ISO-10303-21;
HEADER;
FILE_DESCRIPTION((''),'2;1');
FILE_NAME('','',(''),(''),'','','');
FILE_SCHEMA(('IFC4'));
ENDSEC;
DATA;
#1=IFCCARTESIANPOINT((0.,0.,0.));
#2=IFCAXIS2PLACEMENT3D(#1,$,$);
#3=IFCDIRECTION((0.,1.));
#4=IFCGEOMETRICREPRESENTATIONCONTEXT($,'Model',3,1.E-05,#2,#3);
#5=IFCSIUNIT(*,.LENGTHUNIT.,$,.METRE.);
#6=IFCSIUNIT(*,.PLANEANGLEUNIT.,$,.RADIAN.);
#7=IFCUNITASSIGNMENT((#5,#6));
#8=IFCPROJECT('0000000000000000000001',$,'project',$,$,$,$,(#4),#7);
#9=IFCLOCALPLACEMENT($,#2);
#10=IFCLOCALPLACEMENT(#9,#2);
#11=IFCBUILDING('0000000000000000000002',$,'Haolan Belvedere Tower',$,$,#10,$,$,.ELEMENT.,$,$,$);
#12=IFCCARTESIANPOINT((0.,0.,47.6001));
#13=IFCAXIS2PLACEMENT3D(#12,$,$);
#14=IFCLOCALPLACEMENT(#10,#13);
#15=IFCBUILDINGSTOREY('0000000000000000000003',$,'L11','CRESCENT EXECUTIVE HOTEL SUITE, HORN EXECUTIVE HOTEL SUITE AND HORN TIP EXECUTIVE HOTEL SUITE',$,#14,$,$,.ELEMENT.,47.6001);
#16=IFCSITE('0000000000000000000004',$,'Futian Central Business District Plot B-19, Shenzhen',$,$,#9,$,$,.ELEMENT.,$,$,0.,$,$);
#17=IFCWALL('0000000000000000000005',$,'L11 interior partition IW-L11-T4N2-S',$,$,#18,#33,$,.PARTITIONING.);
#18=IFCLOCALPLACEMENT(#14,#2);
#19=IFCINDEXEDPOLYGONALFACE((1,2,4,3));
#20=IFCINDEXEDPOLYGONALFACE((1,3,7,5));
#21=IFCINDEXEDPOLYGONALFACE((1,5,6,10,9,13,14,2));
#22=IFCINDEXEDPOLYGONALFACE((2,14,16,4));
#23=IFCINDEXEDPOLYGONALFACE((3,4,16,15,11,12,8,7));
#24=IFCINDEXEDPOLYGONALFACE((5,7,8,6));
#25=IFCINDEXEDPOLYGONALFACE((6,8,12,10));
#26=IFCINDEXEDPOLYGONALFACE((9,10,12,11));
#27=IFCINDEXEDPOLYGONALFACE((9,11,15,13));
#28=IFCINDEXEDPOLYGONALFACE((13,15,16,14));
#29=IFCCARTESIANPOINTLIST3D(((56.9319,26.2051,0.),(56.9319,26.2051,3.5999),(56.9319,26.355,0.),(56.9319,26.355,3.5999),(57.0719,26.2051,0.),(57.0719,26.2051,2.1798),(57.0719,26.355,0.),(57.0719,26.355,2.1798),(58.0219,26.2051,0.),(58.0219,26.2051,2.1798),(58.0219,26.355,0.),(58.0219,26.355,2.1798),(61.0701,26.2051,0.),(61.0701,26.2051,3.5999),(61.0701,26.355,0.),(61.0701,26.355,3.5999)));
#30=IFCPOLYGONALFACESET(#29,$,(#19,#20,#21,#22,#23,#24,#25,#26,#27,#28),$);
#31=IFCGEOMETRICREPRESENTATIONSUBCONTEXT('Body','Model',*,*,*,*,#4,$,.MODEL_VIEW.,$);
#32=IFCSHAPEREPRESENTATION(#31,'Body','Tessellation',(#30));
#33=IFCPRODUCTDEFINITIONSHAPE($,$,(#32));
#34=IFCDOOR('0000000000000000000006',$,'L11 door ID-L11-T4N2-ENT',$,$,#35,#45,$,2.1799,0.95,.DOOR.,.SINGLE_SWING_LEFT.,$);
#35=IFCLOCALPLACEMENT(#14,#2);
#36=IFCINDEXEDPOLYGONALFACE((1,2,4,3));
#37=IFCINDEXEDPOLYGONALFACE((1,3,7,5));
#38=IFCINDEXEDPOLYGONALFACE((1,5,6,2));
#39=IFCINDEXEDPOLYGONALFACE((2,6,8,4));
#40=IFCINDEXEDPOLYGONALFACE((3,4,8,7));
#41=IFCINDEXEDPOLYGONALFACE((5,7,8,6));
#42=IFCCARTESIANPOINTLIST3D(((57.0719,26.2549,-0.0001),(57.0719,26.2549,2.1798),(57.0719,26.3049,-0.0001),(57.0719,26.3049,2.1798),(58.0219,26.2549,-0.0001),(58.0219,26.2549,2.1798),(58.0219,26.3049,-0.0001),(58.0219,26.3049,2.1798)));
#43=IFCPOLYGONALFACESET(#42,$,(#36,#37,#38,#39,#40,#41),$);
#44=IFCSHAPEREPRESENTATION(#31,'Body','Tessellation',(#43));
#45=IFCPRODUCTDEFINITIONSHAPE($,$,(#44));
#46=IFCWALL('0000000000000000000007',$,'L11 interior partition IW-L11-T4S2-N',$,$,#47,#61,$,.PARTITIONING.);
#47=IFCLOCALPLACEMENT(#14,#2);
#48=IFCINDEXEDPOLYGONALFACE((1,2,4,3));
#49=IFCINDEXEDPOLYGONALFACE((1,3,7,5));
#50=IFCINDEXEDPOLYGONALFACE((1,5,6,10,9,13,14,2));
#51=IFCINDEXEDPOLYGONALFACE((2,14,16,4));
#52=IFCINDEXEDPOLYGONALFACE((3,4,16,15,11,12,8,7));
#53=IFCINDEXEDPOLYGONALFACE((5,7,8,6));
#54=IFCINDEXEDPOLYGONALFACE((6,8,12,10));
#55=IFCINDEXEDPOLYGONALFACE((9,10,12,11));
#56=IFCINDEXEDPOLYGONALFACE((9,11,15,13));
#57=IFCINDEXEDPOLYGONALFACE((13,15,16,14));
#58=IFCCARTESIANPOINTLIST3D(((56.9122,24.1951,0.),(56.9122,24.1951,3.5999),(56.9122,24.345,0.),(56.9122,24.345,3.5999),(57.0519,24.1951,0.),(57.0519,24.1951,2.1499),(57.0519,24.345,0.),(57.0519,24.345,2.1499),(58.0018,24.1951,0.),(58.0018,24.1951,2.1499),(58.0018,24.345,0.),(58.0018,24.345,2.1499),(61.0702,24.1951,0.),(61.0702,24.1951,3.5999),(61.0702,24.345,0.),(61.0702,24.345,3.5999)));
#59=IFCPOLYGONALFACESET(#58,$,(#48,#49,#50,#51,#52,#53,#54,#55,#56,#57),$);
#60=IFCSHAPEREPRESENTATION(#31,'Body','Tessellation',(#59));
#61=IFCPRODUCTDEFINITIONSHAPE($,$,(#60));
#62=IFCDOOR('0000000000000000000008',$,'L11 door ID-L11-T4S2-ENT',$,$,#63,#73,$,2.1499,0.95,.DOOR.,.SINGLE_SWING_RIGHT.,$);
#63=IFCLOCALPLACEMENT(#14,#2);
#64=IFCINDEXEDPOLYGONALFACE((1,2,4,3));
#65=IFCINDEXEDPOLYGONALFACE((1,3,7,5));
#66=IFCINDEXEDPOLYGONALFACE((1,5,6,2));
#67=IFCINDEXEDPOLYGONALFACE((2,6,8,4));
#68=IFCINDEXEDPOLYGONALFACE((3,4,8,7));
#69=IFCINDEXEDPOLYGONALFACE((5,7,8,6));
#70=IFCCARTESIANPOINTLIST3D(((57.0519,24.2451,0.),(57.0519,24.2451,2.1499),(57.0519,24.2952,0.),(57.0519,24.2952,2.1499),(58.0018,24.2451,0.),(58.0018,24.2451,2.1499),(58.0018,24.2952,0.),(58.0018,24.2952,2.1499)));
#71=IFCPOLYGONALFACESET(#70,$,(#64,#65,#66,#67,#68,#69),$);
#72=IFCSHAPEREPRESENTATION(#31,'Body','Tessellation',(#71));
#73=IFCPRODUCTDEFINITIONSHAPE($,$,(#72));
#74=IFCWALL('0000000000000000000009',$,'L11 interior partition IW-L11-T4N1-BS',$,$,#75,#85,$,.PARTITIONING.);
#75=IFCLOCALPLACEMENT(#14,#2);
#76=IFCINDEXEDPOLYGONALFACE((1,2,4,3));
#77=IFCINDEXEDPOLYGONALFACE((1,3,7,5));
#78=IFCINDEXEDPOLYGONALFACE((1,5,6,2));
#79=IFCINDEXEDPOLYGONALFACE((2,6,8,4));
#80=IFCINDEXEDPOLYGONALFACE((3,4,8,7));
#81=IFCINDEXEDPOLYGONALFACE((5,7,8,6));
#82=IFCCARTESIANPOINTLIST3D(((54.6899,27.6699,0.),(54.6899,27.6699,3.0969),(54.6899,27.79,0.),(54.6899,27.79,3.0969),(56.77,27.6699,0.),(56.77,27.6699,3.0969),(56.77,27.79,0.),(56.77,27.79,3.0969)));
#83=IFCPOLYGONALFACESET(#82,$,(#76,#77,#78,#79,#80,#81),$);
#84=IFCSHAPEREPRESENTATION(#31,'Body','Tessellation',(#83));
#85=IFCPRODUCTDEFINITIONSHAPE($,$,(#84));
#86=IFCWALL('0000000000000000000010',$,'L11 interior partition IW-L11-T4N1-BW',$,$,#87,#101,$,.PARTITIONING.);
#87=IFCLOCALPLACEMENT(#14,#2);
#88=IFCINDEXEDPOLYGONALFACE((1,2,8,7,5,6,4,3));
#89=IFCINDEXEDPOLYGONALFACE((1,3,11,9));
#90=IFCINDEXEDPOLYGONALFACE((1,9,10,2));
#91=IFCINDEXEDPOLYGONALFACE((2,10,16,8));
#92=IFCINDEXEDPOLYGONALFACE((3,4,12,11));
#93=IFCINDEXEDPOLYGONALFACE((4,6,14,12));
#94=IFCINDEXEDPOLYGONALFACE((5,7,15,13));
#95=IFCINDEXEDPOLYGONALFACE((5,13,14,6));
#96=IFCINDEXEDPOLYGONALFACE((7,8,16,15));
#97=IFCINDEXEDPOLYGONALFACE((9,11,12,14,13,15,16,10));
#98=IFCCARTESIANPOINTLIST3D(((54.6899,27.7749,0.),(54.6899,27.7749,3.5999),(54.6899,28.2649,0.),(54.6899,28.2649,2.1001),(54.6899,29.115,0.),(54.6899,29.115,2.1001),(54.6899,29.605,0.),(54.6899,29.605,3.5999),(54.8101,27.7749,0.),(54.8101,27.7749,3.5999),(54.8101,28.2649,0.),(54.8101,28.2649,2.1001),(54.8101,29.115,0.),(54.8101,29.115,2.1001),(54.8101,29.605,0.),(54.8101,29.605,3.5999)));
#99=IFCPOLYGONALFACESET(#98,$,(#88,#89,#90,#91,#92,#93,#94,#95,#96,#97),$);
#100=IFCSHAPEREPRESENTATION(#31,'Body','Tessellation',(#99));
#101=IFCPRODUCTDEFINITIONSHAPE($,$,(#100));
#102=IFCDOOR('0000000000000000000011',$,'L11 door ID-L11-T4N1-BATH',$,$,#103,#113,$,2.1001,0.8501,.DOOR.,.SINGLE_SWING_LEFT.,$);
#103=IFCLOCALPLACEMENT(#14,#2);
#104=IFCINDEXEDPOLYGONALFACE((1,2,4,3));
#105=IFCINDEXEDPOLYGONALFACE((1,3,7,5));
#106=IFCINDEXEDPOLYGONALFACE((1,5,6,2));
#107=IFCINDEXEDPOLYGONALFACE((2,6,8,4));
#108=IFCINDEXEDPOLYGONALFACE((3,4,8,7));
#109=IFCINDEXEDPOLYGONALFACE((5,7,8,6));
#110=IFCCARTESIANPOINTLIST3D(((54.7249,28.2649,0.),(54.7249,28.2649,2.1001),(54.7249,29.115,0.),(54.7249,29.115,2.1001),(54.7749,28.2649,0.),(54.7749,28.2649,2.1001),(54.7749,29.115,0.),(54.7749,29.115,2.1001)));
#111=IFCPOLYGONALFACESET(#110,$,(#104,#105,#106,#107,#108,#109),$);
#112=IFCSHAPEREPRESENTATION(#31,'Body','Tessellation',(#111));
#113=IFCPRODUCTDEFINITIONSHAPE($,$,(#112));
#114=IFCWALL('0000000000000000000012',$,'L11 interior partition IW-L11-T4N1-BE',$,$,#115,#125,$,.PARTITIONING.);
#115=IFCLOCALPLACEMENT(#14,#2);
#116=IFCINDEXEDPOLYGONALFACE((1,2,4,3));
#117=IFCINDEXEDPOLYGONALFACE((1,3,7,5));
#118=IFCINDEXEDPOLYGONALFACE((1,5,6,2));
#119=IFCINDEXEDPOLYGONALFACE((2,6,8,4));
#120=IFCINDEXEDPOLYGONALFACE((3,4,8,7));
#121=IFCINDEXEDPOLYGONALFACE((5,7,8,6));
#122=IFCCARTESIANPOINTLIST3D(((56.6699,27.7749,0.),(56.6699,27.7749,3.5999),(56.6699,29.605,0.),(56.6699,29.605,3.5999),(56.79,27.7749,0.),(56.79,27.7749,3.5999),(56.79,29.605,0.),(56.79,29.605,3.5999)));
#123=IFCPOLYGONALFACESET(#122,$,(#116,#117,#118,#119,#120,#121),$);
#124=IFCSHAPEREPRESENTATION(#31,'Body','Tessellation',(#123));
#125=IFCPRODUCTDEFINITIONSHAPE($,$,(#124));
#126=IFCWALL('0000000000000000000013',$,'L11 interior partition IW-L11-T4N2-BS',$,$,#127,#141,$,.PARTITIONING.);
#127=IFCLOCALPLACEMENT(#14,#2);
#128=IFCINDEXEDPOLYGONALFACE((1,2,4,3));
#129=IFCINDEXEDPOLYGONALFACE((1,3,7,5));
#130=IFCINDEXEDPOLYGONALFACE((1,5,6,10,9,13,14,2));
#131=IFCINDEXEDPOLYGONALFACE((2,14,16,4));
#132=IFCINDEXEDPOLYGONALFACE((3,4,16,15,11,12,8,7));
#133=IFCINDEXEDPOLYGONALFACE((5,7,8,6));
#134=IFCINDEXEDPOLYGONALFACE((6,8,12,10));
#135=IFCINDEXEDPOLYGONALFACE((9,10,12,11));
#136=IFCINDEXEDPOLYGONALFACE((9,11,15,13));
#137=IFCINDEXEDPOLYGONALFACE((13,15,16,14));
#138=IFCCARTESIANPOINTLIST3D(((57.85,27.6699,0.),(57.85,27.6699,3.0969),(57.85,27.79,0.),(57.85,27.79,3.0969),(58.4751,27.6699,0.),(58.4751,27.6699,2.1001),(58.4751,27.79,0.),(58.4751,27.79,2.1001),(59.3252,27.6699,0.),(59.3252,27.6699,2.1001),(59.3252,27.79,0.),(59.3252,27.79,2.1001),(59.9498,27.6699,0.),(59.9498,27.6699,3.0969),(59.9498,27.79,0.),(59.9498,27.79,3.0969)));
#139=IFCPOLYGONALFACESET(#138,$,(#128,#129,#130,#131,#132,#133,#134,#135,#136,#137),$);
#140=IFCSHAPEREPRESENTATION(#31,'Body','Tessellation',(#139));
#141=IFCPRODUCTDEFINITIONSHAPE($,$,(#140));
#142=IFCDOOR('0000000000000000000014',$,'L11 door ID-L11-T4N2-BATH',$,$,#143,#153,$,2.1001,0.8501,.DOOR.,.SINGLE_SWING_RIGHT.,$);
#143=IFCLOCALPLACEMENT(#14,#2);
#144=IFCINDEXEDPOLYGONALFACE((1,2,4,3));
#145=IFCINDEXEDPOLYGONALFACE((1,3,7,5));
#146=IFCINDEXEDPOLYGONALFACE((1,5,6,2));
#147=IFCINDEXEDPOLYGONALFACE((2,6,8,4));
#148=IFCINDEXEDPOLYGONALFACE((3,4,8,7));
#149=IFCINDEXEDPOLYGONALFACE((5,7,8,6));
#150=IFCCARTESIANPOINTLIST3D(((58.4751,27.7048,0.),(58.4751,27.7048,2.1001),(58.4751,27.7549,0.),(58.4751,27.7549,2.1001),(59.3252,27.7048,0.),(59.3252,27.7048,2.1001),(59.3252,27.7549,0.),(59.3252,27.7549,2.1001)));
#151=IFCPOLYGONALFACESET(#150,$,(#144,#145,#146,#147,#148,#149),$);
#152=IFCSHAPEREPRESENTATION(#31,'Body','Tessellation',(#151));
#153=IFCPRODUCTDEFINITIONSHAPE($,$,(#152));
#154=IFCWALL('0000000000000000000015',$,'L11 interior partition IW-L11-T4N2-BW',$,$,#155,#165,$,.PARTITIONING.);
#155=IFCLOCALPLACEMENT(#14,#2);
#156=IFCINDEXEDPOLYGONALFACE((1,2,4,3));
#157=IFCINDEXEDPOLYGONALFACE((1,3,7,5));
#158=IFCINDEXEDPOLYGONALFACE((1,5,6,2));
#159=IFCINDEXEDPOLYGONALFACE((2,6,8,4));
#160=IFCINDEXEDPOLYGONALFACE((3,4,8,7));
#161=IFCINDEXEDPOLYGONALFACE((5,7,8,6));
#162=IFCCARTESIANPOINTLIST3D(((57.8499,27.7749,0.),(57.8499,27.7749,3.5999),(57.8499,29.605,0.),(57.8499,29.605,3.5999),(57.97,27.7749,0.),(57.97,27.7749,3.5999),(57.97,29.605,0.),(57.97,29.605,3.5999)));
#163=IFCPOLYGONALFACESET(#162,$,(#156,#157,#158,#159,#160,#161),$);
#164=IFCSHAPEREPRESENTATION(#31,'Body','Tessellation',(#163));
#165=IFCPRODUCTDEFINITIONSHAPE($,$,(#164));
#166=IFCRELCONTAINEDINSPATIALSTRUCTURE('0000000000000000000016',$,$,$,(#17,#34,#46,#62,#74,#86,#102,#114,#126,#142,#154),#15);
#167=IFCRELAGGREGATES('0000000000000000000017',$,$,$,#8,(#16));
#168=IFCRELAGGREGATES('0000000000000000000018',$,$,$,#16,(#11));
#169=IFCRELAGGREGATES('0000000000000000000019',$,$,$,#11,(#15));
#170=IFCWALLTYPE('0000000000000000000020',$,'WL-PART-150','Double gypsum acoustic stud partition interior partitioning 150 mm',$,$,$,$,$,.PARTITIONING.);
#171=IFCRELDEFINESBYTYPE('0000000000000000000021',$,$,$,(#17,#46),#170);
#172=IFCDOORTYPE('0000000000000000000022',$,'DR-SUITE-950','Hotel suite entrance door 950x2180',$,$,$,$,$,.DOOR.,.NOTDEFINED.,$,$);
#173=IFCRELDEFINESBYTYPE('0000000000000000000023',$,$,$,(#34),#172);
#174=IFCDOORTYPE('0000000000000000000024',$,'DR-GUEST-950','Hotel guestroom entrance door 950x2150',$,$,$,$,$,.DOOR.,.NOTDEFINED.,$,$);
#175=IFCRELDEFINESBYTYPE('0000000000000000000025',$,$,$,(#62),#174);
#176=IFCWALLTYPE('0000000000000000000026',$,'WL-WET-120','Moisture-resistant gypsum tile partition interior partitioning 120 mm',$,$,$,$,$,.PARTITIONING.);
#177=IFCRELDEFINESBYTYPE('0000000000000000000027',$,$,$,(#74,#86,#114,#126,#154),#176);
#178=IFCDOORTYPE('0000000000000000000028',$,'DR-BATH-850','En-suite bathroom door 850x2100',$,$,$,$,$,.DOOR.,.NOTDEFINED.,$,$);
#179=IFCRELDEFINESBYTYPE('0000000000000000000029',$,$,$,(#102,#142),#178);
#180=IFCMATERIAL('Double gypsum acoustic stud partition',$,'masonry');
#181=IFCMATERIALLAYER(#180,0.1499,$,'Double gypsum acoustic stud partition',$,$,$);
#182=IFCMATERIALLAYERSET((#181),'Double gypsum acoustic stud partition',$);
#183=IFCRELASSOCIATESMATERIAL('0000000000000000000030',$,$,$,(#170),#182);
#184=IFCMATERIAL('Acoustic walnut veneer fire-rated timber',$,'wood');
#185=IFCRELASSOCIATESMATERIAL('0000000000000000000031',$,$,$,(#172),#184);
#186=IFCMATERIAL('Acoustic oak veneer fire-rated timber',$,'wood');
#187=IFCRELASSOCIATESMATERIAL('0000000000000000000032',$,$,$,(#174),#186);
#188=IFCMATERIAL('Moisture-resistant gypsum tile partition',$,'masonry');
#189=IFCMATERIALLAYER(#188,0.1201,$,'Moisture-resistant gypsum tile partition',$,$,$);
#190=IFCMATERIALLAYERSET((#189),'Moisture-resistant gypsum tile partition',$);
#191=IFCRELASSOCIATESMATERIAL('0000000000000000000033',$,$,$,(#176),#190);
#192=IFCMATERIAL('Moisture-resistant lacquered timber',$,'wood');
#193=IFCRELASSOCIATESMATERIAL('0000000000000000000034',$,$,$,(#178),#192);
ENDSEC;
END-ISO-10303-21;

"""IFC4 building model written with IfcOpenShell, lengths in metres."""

from ifc_helpers import new_model, si_unit, direction, frame, frame_2d, origin, place, context, subcontext, project, spatial, rectangle, extrude, material, layer, layer_set, type_object, element, fill, save


model = new_model("IFC4")

# Units and contexts
model_context = context("Model", 3, precision=1e-05, world=origin(), true_north=direction((0.0, 1.0)))
body_context = subcontext(model_context, "Body", "Model", "MODEL_VIEW")
ifc_project = project(units=[si_unit("LENGTHUNIT", "METRE"), si_unit("PLANEANGLEUNIT", "RADIAN")], contexts=[model_context])

# Site, building, storey
site_placement = place(None, origin())
site = spatial("IfcSite", under=ifc_project, at=site_placement, Name="Futian Central Business District Plot B-19, Shenzhen", CompositionType="ELEMENT", RefElevation=0.0)
building_placement = place(site_placement, origin())
building = spatial("IfcBuilding", under=site, at=building_placement, Name="Haolan Belvedere Tower", CompositionType="ELEMENT")
storey_placement = place(building_placement, frame((0.0, 0.0, 47.6001)))
storey = spatial("IfcBuildingStorey", under=building, at=storey_placement, Name="L11", Description="CRESCENT EXECUTIVE HOTEL SUITE, HORN EXECUTIVE HOTEL SUITE AND HORN TIP EXECUTIVE HOTEL SUITE", CompositionType="ELEMENT", Elevation=47.6001)

# Shared definitions
ifc_material_1 = material(Name="Double gypsum acoustic stud partition", Category="masonry")
ifc_layer_1 = layer(ifc_material_1, 0.1499, Name="Double gypsum acoustic stud partition")
ifc_layer_set_1 = layer_set([ifc_layer_1], Name="Double gypsum acoustic stud partition")
wall_type_1 = type_object("IfcWallType", Name="WL-PART-150", Description="Double gypsum acoustic stud partition interior partitioning 150 mm", PredefinedType="PARTITIONING", material=ifc_layer_set_1)

# Walls, openings, doors
wall_1_placement = place(storey_placement, frame((56.9319, 26.28, 0.0), z_axis=(0.0, 0.0, 1.0), x_axis=(1.0, 0.0, 0.0)))
wall_1 = element("IfcWall", 1, at=wall_1_placement, inside=storey, type_object=wall_type_1, Name="L11 interior partition IW-L11-T4N2-S", PredefinedType="PARTITIONING", context=body_context, shape_type="SweptSolid", body=[
    extrude(rectangle(XDim=4.1382, YDim=0.1499, at=frame_2d((2.0691, 0.0))), origin(), (0.0, 0.0, 1.0), 3.5999),
])
opening_1_placement = place(wall_1_placement, frame((0.1399, 0.0, 0.0)))
opening_1 = element("IfcOpeningElement", 2, at=opening_1_placement, cuts=wall_1, PredefinedType="OPENING", context=body_context, shape_type="SweptSolid", body=[
    extrude(rectangle(XDim=0.95, YDim=2.1799, at=frame_2d((0.4751, 1.0898))), frame((0.0, 0.085, 0.0), z_axis=(0.0, -1.0, 0.0), x_axis=(1.0, 0.0, 0.0)), (0.0, 0.0, 1.0), 0.1699),
])
ifc_material_2 = material(Name="Acoustic walnut veneer fire-rated timber", Category="wood")
door_type_1 = type_object("IfcDoorType", Name="DR-SUITE-950", Description="Hotel suite entrance door 950x2180", OperationType="NOTDEFINED", PredefinedType="DOOR", material=ifc_material_2)
door_1_placement = place(opening_1_placement, origin())
door_1 = element("IfcDoor", 3, at=door_1_placement, inside=storey, type_object=door_type_1, Name="L11 door ID-L11-T4N2-ENT", OperationType="SINGLE_SWING_LEFT", OverallHeight=2.1799, OverallWidth=0.95, PredefinedType="DOOR", context=body_context, shape_type="SweptSolid", body=[
    extrude(rectangle(XDim=0.95, YDim=2.1799, at=frame_2d((0.4751, 1.0898))), frame((0.0, 0.0249, 0.0), z_axis=(0.0, -1.0, 0.0), x_axis=(1.0, 0.0, 0.0)), (0.0, 0.0, 1.0), 0.05),
])
fill(opening_1, door_1)
wall_2_placement = place(storey_placement, frame((56.9121, 24.27, 0.0), z_axis=(0.0, 0.0, 1.0), x_axis=(1.0, 0.0, 0.0)))
wall_2 = element("IfcWall", 4, at=wall_2_placement, inside=storey, type_object=wall_type_1, Name="L11 interior partition IW-L11-T4S2-N", PredefinedType="PARTITIONING", context=body_context, shape_type="SweptSolid", body=[
    extrude(rectangle(XDim=4.158, YDim=0.1499, at=frame_2d((2.0791, 0.0))), origin(), (0.0, 0.0, 1.0), 3.5999),
])
opening_2_placement = place(wall_2_placement, frame((1.0898, 0.0, 0.0), z_axis=(0.0, 0.0, 1.0), x_axis=(-1.0, 0.0, 0.0)))
opening_2 = element("IfcOpeningElement", 5, at=opening_2_placement, cuts=wall_2, PredefinedType="OPENING", context=body_context, shape_type="SweptSolid", body=[
    extrude(rectangle(XDim=0.95, YDim=2.1499, at=frame_2d((0.4751, 1.075))), frame((0.0, 0.085, 0.0), z_axis=(0.0, -1.0, 0.0), x_axis=(1.0, 0.0, 0.0)), (0.0, 0.0, 1.0), 0.1699),
])
ifc_material_3 = material(Name="Acoustic oak veneer fire-rated timber", Category="wood")
door_type_2 = type_object("IfcDoorType", Name="DR-GUEST-950", Description="Hotel guestroom entrance door 950x2150", OperationType="NOTDEFINED", PredefinedType="DOOR", material=ifc_material_3)
door_2_placement = place(opening_2_placement, origin())
door_2 = element("IfcDoor", 6, at=door_2_placement, inside=storey, type_object=door_type_2, Name="L11 door ID-L11-T4S2-ENT", OperationType="SINGLE_SWING_RIGHT", OverallHeight=2.1499, OverallWidth=0.95, PredefinedType="DOOR", context=body_context, shape_type="SweptSolid", body=[
    extrude(rectangle(XDim=0.95, YDim=2.1499, at=frame_2d((0.4751, 1.075))), frame((0.0, 0.0249, 0.0), z_axis=(0.0, -1.0, 0.0), x_axis=(1.0, 0.0, 0.0)), (0.0, 0.0, 1.0), 0.05),
])
fill(opening_2, door_2)

# Wall
ifc_material_4 = material(Name="Moisture-resistant gypsum tile partition", Category="masonry")
ifc_layer_2 = layer(ifc_material_4, 0.1201, Name="Moisture-resistant gypsum tile partition")
ifc_layer_set_2 = layer_set([ifc_layer_2], Name="Moisture-resistant gypsum tile partition")
wall_type_2 = type_object("IfcWallType", Name="WL-WET-120", Description="Moisture-resistant gypsum tile partition interior partitioning 120 mm", PredefinedType="PARTITIONING", material=ifc_layer_set_2)
wall_3_placement = place(storey_placement, frame((54.6899, 27.73, 0.0), z_axis=(0.0, 0.0, 1.0), x_axis=(1.0, 0.0, 0.0)))
element("IfcWall", 7, at=wall_3_placement, inside=storey, type_object=wall_type_2, Name="L11 interior partition IW-L11-T4N1-BS", PredefinedType="PARTITIONING", context=body_context, shape_type="SweptSolid", body=[
    extrude(rectangle(XDim=2.0801, YDim=0.1201, at=frame_2d((1.04, 0.0))), origin(), (0.0, 0.0, 1.0), 3.0969),
])

# Wall, opening, door
wall_4_placement = place(storey_placement, frame((54.75, 27.7749, 0.0), z_axis=(0.0, 0.0, 1.0), x_axis=(0.0, 1.0, 0.0)))
wall_4 = element("IfcWall", 8, at=wall_4_placement, inside=storey, type_object=wall_type_2, Name="L11 interior partition IW-L11-T4N1-BW", PredefinedType="PARTITIONING", context=body_context, shape_type="SweptSolid", body=[
    extrude(rectangle(XDim=1.8301, YDim=0.1201, at=frame_2d((0.915, 0.0))), origin(), (0.0, 0.0, 1.0), 3.5999),
])
opening_3_placement = place(wall_4_placement, frame((1.3401, 0.0, 0.0), z_axis=(0.0, 0.0, 1.0), x_axis=(-1.0, 0.0, 0.0)))
opening_3 = element("IfcOpeningElement", 9, at=opening_3_placement, cuts=wall_4, PredefinedType="OPENING", context=body_context, shape_type="SweptSolid", body=[
    extrude(rectangle(XDim=0.8501, YDim=2.1001, at=frame_2d((0.425, 1.05))), frame((0.0, 0.0701, 0.0), z_axis=(0.0, -1.0, 0.0), x_axis=(1.0, 0.0, 0.0)), (0.0, 0.0, 1.0), 0.1401),
])
ifc_material_5 = material(Name="Moisture-resistant lacquered timber", Category="wood")
door_type_3 = type_object("IfcDoorType", Name="DR-BATH-850", Description="En-suite bathroom door 850x2100", OperationType="NOTDEFINED", PredefinedType="DOOR", material=ifc_material_5)
door_3_placement = place(opening_3_placement, origin())
door_3 = element("IfcDoor", 10, at=door_3_placement, inside=storey, type_object=door_type_3, Name="L11 door ID-L11-T4N1-BATH", OperationType="SINGLE_SWING_LEFT", OverallHeight=2.1001, OverallWidth=0.8501, PredefinedType="DOOR", context=body_context, shape_type="SweptSolid", body=[
    extrude(rectangle(XDim=0.8501, YDim=2.1001, at=frame_2d((0.425, 1.05))), frame((0.0, 0.0249, 0.0), z_axis=(0.0, -1.0, 0.0), x_axis=(1.0, 0.0, 0.0)), (0.0, 0.0, 1.0), 0.05),
])
fill(opening_3, door_3)

# Wall
wall_5_placement = place(storey_placement, frame((56.73, 27.7749, 0.0), z_axis=(0.0, 0.0, 1.0), x_axis=(0.0, 1.0, 0.0)))
element("IfcWall", 11, at=wall_5_placement, inside=storey, type_object=wall_type_2, Name="L11 interior partition IW-L11-T4N1-BE", PredefinedType="PARTITIONING", context=body_context, shape_type="SweptSolid", body=[
    extrude(rectangle(XDim=1.8301, YDim=0.1201, at=frame_2d((0.915, 0.0))), origin(), (0.0, 0.0, 1.0), 3.5999),
])

# Wall, opening, door
wall_6_placement = place(storey_placement, frame((57.8501, 27.73, 0.0), z_axis=(0.0, 0.0, 1.0), x_axis=(1.0, 0.0, 0.0)))
wall_6 = element("IfcWall", 12, at=wall_6_placement, inside=storey, type_object=wall_type_2, Name="L11 interior partition IW-L11-T4N2-BS", PredefinedType="PARTITIONING", context=body_context, shape_type="SweptSolid", body=[
    extrude(rectangle(XDim=2.0999, YDim=0.1201, at=frame_2d((1.0498, 0.0))), origin(), (0.0, 0.0, 1.0), 3.0969),
])
opening_4_placement = place(wall_6_placement, frame((0.625, 0.0, 0.0)))
opening_4 = element("IfcOpeningElement", 13, at=opening_4_placement, cuts=wall_6, PredefinedType="OPENING", context=body_context, shape_type="SweptSolid", body=[
    extrude(rectangle(XDim=0.8501, YDim=2.1001, at=frame_2d((0.425, 1.05))), frame((0.0, 0.0701, 0.0), z_axis=(0.0, -1.0, 0.0), x_axis=(1.0, 0.0, 0.0)), (0.0, 0.0, 1.0), 0.1401),
])
door_4_placement = place(opening_4_placement, origin())
door_4 = element("IfcDoor", 14, at=door_4_placement, inside=storey, type_object=door_type_3, Name="L11 door ID-L11-T4N2-BATH", OperationType="SINGLE_SWING_RIGHT", OverallHeight=2.1001, OverallWidth=0.8501, PredefinedType="DOOR", context=body_context, shape_type="SweptSolid", body=[
    extrude(rectangle(XDim=0.8501, YDim=2.1001, at=frame_2d((0.425, 1.05))), frame((0.0, 0.0249, 0.0), z_axis=(0.0, -1.0, 0.0), x_axis=(1.0, 0.0, 0.0)), (0.0, 0.0, 1.0), 0.05),
])
fill(opening_4, door_4)

# Wall
wall_7_placement = place(storey_placement, frame((57.9099, 27.7749, 0.0), z_axis=(0.0, 0.0, 1.0), x_axis=(0.0, 1.0, 0.0)))
element("IfcWall", 15, at=wall_7_placement, inside=storey, type_object=wall_type_2, Name="L11 interior partition IW-L11-T4N2-BW", PredefinedType="PARTITIONING", context=body_context, shape_type="SweptSolid", body=[
    extrude(rectangle(XDim=1.8301, YDim=0.1201, at=frame_2d((0.915, 0.0))), origin(), (0.0, 0.0, 1.0), 3.5999),
])

save(model, "model.ifc")
